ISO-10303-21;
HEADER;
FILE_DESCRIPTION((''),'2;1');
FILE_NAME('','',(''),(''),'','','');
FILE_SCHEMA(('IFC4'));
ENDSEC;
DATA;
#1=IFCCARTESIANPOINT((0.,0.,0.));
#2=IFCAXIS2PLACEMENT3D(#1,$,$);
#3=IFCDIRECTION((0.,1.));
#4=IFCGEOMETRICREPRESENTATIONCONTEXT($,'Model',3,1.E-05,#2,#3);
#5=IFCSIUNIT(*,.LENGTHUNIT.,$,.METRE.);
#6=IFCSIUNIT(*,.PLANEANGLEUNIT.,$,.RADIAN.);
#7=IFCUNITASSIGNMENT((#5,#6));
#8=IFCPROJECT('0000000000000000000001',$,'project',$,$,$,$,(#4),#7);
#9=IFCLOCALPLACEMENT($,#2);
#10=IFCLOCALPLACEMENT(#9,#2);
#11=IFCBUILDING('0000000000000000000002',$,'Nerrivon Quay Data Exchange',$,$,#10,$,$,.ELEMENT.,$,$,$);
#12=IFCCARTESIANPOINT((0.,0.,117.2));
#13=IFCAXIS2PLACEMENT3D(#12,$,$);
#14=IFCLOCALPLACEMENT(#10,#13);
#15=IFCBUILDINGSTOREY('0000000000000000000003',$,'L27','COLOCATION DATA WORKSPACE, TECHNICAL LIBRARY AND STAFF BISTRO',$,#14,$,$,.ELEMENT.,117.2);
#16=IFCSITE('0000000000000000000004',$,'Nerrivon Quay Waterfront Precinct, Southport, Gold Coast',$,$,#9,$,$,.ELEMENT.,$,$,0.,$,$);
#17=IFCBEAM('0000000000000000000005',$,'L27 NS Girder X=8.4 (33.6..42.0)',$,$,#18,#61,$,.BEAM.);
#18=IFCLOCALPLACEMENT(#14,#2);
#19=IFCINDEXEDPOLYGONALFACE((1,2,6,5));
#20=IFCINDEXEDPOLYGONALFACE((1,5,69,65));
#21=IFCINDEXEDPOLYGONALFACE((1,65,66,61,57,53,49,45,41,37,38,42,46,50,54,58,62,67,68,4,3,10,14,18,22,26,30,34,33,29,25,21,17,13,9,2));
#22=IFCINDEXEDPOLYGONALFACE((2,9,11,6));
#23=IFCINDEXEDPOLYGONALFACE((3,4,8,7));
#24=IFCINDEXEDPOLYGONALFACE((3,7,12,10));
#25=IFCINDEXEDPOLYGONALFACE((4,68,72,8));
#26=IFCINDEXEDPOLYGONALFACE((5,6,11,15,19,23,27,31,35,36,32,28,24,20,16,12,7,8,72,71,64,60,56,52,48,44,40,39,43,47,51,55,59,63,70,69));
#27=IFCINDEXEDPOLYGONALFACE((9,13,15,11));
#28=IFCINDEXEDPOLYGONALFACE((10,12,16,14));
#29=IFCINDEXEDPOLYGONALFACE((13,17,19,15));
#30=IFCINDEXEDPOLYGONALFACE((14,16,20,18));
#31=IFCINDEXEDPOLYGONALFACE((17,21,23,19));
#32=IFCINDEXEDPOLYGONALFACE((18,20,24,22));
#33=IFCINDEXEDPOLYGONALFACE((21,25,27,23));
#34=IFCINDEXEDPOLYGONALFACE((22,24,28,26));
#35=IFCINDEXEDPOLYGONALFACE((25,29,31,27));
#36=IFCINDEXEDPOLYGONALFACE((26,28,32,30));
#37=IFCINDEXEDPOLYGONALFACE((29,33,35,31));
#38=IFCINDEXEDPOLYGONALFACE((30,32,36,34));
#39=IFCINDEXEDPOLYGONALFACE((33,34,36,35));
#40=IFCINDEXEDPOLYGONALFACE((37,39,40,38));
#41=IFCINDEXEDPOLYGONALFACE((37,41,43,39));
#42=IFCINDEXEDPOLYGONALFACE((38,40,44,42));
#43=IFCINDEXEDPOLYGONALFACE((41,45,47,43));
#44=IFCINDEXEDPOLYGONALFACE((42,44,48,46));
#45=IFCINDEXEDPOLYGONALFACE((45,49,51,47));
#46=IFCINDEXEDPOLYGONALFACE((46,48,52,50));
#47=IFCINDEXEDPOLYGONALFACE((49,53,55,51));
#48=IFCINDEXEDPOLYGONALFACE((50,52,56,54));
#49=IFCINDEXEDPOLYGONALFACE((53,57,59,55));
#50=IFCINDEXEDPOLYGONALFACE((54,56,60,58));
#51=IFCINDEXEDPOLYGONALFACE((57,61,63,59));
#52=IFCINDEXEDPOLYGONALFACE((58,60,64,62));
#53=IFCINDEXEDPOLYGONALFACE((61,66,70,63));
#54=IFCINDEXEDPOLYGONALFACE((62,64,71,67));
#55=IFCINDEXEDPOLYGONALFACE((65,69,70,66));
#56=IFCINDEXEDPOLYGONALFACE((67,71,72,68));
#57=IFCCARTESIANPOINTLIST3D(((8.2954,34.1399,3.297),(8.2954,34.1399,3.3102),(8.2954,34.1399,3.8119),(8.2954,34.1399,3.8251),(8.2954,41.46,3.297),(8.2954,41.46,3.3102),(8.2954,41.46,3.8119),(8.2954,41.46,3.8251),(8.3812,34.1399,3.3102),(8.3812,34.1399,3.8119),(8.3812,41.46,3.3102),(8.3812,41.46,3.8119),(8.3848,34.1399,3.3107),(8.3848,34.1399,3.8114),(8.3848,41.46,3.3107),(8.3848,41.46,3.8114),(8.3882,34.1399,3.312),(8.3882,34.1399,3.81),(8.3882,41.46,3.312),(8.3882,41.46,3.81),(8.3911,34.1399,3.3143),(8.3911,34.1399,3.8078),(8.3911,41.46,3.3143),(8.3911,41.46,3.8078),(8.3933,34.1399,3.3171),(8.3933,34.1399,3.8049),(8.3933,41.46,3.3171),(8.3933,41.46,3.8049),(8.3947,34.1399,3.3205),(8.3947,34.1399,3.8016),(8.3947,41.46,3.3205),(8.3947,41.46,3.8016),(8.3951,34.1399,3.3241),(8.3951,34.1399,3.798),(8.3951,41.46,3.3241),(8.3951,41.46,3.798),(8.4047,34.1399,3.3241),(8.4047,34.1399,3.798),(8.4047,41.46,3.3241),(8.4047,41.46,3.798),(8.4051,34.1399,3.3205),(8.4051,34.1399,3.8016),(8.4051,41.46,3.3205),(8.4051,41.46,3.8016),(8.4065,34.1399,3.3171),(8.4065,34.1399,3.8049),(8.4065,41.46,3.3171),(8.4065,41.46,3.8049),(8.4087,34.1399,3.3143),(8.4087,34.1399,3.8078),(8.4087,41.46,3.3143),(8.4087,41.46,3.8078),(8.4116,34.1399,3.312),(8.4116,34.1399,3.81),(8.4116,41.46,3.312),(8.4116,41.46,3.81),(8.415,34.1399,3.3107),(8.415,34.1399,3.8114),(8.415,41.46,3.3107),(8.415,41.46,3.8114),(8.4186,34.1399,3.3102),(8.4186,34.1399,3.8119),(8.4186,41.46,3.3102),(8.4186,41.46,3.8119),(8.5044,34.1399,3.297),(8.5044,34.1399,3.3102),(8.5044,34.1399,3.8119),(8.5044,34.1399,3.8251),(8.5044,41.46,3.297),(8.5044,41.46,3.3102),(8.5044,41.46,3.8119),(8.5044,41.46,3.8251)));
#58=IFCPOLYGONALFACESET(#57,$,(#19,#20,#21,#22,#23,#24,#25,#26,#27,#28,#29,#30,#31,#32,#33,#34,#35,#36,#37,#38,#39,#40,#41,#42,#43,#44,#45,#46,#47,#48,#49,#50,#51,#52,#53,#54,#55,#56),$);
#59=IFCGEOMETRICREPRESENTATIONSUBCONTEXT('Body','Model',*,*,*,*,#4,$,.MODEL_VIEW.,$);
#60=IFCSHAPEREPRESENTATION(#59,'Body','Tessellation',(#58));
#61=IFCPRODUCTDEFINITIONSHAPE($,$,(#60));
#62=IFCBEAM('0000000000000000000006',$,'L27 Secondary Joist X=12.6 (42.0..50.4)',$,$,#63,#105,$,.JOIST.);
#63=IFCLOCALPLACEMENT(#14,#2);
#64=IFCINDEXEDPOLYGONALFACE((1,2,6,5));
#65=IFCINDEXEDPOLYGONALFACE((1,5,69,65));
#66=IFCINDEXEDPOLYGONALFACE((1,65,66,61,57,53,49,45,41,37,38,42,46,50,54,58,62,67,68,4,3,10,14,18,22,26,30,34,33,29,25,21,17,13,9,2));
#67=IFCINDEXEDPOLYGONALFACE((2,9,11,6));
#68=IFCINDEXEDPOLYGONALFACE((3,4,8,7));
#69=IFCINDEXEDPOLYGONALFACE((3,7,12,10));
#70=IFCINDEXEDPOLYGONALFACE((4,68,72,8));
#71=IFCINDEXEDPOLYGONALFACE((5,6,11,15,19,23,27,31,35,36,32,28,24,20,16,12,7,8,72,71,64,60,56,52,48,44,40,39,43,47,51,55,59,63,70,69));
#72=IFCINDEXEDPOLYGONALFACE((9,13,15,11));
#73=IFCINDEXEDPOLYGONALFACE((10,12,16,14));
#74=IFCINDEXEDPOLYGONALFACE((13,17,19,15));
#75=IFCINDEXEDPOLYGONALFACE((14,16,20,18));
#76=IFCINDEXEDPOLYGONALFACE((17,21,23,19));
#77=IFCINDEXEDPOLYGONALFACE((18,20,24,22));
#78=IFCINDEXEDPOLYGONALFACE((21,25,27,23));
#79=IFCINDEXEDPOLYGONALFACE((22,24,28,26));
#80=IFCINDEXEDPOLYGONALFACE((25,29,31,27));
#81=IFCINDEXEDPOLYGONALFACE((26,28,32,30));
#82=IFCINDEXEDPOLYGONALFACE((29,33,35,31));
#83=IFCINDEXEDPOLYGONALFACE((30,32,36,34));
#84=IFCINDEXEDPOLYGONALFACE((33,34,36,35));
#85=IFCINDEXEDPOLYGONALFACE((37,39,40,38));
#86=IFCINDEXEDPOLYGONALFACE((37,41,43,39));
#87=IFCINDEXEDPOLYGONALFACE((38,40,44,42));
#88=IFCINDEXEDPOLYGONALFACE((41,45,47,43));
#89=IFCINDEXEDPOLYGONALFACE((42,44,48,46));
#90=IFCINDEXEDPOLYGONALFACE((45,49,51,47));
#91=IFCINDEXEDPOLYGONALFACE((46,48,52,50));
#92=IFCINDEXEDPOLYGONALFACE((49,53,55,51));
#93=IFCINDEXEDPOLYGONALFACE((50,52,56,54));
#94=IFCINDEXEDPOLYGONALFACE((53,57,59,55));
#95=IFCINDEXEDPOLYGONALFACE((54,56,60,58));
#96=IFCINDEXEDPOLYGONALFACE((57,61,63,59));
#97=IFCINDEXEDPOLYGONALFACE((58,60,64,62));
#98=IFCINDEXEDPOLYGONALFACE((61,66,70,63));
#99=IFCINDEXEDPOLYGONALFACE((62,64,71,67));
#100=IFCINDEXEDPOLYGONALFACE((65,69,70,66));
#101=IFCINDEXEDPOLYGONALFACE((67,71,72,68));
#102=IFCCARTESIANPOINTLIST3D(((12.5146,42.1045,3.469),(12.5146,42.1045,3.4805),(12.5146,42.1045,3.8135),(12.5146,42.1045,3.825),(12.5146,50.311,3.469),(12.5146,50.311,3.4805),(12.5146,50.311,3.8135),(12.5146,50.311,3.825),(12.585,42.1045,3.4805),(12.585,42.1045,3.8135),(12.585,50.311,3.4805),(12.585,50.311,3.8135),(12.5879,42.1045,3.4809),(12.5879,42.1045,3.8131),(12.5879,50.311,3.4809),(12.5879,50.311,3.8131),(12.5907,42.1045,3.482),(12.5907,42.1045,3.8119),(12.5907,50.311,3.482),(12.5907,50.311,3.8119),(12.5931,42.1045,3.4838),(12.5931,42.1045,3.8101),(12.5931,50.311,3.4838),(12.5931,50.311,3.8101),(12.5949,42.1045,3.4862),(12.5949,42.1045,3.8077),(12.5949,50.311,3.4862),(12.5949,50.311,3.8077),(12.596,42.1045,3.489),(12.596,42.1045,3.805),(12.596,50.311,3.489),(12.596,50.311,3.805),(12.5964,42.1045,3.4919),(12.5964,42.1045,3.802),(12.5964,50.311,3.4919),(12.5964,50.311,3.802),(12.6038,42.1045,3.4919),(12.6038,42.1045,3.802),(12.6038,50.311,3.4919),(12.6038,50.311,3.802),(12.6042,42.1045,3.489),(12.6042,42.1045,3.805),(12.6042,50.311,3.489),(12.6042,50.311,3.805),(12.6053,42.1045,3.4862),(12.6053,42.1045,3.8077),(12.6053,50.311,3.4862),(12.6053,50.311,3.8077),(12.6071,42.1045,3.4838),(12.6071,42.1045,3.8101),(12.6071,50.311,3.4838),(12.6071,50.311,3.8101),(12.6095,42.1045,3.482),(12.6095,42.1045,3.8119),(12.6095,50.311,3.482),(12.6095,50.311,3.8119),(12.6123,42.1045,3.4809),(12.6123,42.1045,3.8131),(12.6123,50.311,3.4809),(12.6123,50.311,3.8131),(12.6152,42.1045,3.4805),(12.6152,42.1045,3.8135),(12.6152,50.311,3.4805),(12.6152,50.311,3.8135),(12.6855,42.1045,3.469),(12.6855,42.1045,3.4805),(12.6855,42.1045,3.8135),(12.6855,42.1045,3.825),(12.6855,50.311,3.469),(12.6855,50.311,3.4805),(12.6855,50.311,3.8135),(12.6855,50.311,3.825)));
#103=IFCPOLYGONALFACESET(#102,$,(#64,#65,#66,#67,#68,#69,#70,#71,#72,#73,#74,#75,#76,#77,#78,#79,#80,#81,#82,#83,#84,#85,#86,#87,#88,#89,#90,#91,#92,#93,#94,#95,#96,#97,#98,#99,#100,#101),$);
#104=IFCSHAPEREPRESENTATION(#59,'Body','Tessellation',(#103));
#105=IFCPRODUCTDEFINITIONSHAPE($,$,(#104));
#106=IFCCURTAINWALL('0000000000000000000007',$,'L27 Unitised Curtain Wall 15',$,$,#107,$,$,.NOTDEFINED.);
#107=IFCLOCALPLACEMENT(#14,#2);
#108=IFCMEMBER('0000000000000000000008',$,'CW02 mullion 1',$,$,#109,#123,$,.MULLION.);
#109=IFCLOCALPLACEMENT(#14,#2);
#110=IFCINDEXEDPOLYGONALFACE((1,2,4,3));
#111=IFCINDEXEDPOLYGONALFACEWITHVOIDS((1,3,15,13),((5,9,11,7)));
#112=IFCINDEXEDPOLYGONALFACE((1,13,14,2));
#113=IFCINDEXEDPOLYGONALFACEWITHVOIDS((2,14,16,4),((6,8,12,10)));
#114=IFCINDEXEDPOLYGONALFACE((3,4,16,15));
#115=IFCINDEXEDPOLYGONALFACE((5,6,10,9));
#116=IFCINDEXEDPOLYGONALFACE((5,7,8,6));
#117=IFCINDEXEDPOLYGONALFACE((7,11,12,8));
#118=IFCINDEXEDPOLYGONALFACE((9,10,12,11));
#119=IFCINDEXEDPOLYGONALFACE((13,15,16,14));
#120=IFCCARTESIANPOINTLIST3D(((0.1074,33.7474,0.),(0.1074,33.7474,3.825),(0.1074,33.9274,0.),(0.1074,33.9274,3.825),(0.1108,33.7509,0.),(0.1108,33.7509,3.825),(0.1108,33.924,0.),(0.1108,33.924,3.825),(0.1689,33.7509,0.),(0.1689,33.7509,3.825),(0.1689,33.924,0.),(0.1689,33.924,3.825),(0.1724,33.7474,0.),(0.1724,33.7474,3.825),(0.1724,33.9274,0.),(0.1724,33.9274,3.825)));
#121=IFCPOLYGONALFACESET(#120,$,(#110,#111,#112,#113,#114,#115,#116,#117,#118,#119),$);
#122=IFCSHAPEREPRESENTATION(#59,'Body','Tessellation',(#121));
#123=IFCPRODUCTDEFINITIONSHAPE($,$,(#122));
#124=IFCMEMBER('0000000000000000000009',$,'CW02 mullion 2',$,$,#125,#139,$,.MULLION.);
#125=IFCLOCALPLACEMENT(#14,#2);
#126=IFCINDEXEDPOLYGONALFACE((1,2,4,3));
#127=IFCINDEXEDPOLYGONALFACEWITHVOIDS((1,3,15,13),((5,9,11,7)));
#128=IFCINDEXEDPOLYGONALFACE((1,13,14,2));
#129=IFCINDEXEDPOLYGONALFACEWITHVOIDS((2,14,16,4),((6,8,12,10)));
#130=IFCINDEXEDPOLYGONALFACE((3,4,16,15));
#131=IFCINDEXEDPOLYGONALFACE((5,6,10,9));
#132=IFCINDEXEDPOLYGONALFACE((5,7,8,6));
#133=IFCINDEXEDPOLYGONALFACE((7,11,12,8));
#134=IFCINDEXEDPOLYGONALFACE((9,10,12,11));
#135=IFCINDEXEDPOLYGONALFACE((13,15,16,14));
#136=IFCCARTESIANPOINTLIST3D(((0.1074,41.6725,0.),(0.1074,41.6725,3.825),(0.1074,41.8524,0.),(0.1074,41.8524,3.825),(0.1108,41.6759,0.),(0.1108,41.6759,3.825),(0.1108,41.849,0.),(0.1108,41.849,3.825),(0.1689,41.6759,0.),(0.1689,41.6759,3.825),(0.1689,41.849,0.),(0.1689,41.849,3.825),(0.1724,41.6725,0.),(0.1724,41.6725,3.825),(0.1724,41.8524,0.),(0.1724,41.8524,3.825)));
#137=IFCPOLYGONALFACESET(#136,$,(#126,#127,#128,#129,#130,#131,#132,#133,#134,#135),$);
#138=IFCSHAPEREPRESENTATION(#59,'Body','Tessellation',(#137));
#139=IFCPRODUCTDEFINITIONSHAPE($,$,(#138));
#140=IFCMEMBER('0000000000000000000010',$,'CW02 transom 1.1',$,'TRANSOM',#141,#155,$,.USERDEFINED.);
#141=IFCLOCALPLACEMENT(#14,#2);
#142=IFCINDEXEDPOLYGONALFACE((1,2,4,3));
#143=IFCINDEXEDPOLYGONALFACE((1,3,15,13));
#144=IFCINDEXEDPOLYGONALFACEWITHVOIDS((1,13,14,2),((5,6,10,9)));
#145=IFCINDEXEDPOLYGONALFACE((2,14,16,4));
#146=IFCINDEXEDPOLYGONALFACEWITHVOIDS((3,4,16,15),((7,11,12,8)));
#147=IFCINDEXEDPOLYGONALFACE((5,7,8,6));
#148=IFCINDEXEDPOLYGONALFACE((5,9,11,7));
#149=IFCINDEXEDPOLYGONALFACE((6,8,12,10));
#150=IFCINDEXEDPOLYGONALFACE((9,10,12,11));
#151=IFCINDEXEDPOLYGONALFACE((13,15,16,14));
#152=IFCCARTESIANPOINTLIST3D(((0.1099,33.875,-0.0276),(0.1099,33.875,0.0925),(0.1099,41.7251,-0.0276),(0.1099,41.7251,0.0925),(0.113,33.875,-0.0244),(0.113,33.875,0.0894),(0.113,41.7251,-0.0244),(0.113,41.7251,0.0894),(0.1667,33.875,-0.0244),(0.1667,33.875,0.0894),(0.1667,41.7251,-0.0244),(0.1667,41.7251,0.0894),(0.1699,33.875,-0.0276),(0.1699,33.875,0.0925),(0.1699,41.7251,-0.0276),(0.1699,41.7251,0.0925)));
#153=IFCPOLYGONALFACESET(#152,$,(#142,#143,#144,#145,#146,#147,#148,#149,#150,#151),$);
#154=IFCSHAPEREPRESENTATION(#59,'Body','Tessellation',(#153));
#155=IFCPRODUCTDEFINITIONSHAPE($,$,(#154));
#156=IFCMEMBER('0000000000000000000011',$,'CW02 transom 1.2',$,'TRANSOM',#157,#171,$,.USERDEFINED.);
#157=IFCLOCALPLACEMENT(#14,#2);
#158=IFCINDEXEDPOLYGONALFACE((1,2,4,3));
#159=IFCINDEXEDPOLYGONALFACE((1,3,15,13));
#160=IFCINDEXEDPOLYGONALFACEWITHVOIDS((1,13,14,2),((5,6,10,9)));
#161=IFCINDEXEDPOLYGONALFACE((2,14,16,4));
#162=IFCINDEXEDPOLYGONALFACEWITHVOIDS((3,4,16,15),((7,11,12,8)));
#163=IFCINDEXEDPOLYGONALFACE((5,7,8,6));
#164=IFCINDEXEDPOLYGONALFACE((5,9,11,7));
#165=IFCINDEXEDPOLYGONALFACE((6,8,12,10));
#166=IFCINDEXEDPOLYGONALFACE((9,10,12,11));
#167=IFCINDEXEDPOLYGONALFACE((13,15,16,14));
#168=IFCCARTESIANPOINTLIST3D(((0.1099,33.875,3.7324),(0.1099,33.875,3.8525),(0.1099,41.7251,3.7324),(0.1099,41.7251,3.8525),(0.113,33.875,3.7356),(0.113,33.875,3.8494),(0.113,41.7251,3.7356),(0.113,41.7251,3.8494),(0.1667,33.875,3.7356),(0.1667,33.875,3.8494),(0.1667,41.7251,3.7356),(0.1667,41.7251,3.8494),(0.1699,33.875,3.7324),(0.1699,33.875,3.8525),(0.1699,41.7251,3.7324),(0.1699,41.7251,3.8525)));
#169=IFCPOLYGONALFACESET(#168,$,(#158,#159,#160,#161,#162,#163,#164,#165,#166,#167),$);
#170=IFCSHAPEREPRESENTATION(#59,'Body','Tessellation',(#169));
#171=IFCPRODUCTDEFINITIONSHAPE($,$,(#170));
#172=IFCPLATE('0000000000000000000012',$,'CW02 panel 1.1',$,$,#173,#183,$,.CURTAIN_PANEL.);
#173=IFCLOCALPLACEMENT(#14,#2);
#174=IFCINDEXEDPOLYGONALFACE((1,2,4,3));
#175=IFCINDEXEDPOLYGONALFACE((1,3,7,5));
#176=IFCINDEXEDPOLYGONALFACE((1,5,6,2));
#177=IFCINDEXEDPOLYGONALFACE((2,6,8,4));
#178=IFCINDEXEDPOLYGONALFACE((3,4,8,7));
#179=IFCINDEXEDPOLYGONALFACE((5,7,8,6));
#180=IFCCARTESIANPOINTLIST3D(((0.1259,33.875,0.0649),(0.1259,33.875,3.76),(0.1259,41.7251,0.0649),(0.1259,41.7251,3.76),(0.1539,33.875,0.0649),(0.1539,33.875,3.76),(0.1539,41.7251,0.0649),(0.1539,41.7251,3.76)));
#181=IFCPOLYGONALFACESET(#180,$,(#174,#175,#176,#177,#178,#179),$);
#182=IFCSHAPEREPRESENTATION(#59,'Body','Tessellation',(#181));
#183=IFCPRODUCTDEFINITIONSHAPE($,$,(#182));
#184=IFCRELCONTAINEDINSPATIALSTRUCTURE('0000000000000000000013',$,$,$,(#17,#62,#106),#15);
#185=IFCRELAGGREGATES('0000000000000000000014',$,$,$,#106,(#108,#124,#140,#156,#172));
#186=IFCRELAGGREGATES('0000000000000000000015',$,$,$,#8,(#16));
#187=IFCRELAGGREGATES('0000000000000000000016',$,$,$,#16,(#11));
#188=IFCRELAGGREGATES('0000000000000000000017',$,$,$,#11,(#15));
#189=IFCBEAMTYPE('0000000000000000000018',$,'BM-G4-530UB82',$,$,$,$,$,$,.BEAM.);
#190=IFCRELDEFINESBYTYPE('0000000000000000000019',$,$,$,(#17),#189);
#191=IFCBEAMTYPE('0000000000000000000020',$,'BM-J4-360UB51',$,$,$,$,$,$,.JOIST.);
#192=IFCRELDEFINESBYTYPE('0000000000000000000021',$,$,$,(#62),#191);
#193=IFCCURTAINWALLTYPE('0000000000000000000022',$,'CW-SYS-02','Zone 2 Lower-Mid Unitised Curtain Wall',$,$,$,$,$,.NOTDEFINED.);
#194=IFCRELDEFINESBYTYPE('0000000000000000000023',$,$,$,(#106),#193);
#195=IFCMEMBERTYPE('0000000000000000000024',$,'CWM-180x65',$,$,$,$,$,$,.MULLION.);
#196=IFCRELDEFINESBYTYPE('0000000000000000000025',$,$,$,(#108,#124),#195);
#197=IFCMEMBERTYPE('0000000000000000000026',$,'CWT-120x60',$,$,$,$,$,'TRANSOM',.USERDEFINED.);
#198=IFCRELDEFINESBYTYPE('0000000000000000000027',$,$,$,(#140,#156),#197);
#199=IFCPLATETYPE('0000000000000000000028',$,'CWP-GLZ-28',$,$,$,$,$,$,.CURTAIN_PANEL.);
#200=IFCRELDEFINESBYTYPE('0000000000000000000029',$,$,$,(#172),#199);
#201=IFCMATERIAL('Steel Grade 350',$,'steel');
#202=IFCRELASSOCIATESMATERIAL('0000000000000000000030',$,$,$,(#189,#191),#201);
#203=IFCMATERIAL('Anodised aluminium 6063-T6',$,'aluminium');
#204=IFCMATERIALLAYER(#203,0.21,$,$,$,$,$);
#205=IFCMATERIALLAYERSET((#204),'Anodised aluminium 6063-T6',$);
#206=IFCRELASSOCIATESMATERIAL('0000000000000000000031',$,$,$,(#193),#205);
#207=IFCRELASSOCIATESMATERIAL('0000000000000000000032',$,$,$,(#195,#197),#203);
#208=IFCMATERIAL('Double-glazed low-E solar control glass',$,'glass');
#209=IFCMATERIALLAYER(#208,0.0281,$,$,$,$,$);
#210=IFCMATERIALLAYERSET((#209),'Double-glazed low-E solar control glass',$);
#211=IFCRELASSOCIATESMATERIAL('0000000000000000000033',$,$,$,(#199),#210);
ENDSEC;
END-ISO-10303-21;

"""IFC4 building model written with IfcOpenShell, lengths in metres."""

from ifc_helpers import new_model, si_unit, direction, frame, origin, origin_2d, place, context, subcontext, project, spatial, rectangle, hollow_rectangle, i_section, extrude, material, layer, layer_set, material_profile, profile_set, type_object, element, aggregate, save


model = new_model("IFC4")

# Units and contexts
model_context = context("Model", 3, precision=1e-05, world=origin(), true_north=direction((0.0, 1.0)))
body_context = subcontext(model_context, "Body", "Model", "MODEL_VIEW")
ifc_project = project(units=[si_unit("LENGTHUNIT", "METRE"), si_unit("PLANEANGLEUNIT", "RADIAN")], contexts=[model_context])

# Site, building, storey
site_placement = place(None, origin())
site = spatial("IfcSite", under=ifc_project, at=site_placement, Name="Nerrivon Quay Waterfront Precinct, Southport, Gold Coast", CompositionType="ELEMENT", RefElevation=0.0)
building_placement = place(site_placement, origin())
building = spatial("IfcBuilding", under=site, at=building_placement, Name="Nerrivon Quay Data Exchange", CompositionType="ELEMENT")
storey_placement = place(building_placement, frame((0.0, 0.0, 117.2)))
storey = spatial("IfcBuildingStorey", under=building, at=storey_placement, Name="L27", Description="COLOCATION DATA WORKSPACE, TECHNICAL LIBRARY AND STAFF BISTRO", CompositionType="ELEMENT", Elevation=117.2)

# Shared definitions
ifc_material_1 = material(Name="Steel Grade 350", Category="steel")

# Beams
ifc_material_profile_1 = material_profile(ifc_material_1, i_section(OverallWidth=0.209, OverallDepth=0.5281, WebThickness=0.0095, FlangeThickness=0.0132, FilletRadius=0.0139, at=origin_2d()), Name="530UB82.0")
ifc_profile_set_1 = profile_set([ifc_material_profile_1], Name="Steel Grade 350")
beam_type_1 = type_object("IfcBeamType", Name="BM-G4-530UB82", PredefinedType="BEAM", material=ifc_profile_set_1)
beam_1_placement = place(storey_placement, frame((8.3999, 34.1399, 3.561), z_axis=(0.0, 1.0, 0.0), x_axis=(-1.0, 0.0, 0.0)))
element("IfcBeam", 1, at=beam_1_placement, inside=storey, type_object=beam_type_1, Name="L27 NS Girder X=8.4 (33.6..42.0)", PredefinedType="BEAM", context=body_context, shape_type="SweptSolid", body=[
    extrude(i_section(OverallWidth=0.209, OverallDepth=0.5281, WebThickness=0.0095, FlangeThickness=0.0132, FilletRadius=0.0139, at=origin_2d()), origin(), (0.0, 0.0, 1.0), 7.3201),
])
ifc_material_profile_2 = material_profile(ifc_material_1, i_section(OverallWidth=0.1709, OverallDepth=0.356, WebThickness=0.0073, FlangeThickness=0.0115, FilletRadius=0.0115, at=origin_2d()), Name="360UB50.7")
ifc_profile_set_2 = profile_set([ifc_material_profile_2], Name="Steel Grade 350")
beam_type_2 = type_object("IfcBeamType", Name="BM-J4-360UB51", PredefinedType="JOIST", material=ifc_profile_set_2)
beam_2_placement = place(storey_placement, frame((12.6001, 42.1045, 3.647), z_axis=(0.0, 1.0, 0.0), x_axis=(-1.0, 0.0, 0.0)))
element("IfcBeam", 2, at=beam_2_placement, inside=storey, type_object=beam_type_2, Name="L27 Secondary Joist X=12.6 (42.0..50.4)", PredefinedType="JOIST", context=body_context, shape_type="SweptSolid", body=[
    extrude(i_section(OverallWidth=0.1709, OverallDepth=0.356, WebThickness=0.0073, FlangeThickness=0.0115, FilletRadius=0.0115, at=origin_2d()), origin(), (0.0, 0.0, 1.0), 8.2065),
])

# Curtain wall, members, plate
ifc_material_2 = material(Name="Anodised aluminium 6063-T6", Category="aluminium")
ifc_layer_1 = layer(ifc_material_2, 0.21)
ifc_layer_set_1 = layer_set([ifc_layer_1], Name="Anodised aluminium 6063-T6")
curtain_wall_type = type_object("IfcCurtainWallType", Name="CW-SYS-02", Description="Zone 2 Lower-Mid Unitised Curtain Wall", PredefinedType="NOTDEFINED", material=ifc_layer_set_1)
curtain_wall_placement = place(storey_placement, origin())
curtain_wall = element("IfcCurtainWall", 3, at=curtain_wall_placement, inside=storey, type_object=curtain_wall_type, Name="L27 Unitised Curtain Wall 15", PredefinedType="NOTDEFINED")
ifc_material_profile_3 = material_profile(ifc_material_2, hollow_rectangle(XDim=0.0649, YDim=0.1799, WallThickness=0.0034, at=origin_2d()), Name="ALU-MULL-180x65")
ifc_profile_set_3 = profile_set([ifc_material_profile_3], Name="Anodised aluminium 6063-T6")
member_type_1 = type_object("IfcMemberType", Name="CWM-180x65", PredefinedType="MULLION", material=ifc_profile_set_3)
member_1_placement = place(storey_placement, frame((0.1399, 33.8374, 0.0), z_axis=(0.0, 0.0, 1.0), x_axis=(-1.0, 0.0, 0.0)))
member_1 = element("IfcMember", 4, at=member_1_placement, type_object=member_type_1, Name="CW02 mullion 1", PredefinedType="MULLION", context=body_context, shape_type="SweptSolid", body=[
    extrude(hollow_rectangle(XDim=0.0649, YDim=0.1799, WallThickness=0.0034, at=origin_2d()), origin(), (0.0, 0.0, 1.0), 3.825),
])
member_2_placement = place(storey_placement, frame((0.1399, 41.7625, 0.0), z_axis=(0.0, 0.0, 1.0), x_axis=(-1.0, 0.0, 0.0)))
member_2 = element("IfcMember", 5, at=member_2_placement, type_object=member_type_1, Name="CW02 mullion 2", PredefinedType="MULLION", context=body_context, shape_type="SweptSolid", body=[
    extrude(hollow_rectangle(XDim=0.0649, YDim=0.1799, WallThickness=0.0034, at=origin_2d()), origin(), (0.0, 0.0, 1.0), 3.825),
])
ifc_material_profile_4 = material_profile(ifc_material_2, hollow_rectangle(XDim=0.0601, YDim=0.1201, WallThickness=0.0032, at=origin_2d()), Name="ALU-TRAN-120x60")
ifc_profile_set_4 = profile_set([ifc_material_profile_4], Name="Anodised aluminium 6063-T6")
member_type_2 = type_object("IfcMemberType", Name="CWT-120x60", ElementType="TRANSOM", PredefinedType="USERDEFINED", material=ifc_profile_set_4)
member_3_placement = place(storey_placement, frame((0.1399, 33.875, 0.0325), z_axis=(0.0, 1.0, 0.0), x_axis=(-1.0, 0.0, 0.0)))
member_3 = element("IfcMember", 6, at=member_3_placement, type_object=member_type_2, Name="CW02 transom 1.1", ObjectType="TRANSOM", PredefinedType="USERDEFINED", context=body_context, shape_type="SweptSolid", body=[
    extrude(hollow_rectangle(XDim=0.0601, YDim=0.1201, WallThickness=0.0032, at=origin_2d()), origin(), (0.0, 0.0, 1.0), 7.8501),
])
member_4_placement = place(storey_placement, frame((0.1399, 33.875, 3.7925), z_axis=(0.0, 1.0, 0.0), x_axis=(-1.0, 0.0, 0.0)))
member_4 = element("IfcMember", 7, at=member_4_placement, type_object=member_type_2, Name="CW02 transom 1.2", ObjectType="TRANSOM", PredefinedType="USERDEFINED", context=body_context, shape_type="SweptSolid", body=[
    extrude(hollow_rectangle(XDim=0.0601, YDim=0.1201, WallThickness=0.0032, at=origin_2d()), origin(), (0.0, 0.0, 1.0), 7.8501),
])
ifc_material_3 = material(Name="Double-glazed low-E solar control glass", Category="glass")
ifc_layer_2 = layer(ifc_material_3, 0.0281)
ifc_layer_set_2 = layer_set([ifc_layer_2], Name="Double-glazed low-E solar control glass")
plate_type = type_object("IfcPlateType", Name="CWP-GLZ-28", PredefinedType="CURTAIN_PANEL", material=ifc_layer_set_2)
plate_placement = place(storey_placement, frame((0.1399, 37.8, 0.0649), z_axis=(0.0, 0.0, 1.0), x_axis=(0.0, 1.0, 0.0)))
plate = element("IfcPlate", 8, at=plate_placement, type_object=plate_type, Name="CW02 panel 1.1", PredefinedType="CURTAIN_PANEL", context=body_context, shape_type="SweptSolid", body=[
    extrude(rectangle(XDim=7.8501, YDim=0.0281, at=origin_2d()), origin(), (0.0, 0.0, 1.0), 3.6951),
])
aggregate(curtain_wall, [member_1, member_2, member_3, member_4, plate])

save(model, "model.ifc")
